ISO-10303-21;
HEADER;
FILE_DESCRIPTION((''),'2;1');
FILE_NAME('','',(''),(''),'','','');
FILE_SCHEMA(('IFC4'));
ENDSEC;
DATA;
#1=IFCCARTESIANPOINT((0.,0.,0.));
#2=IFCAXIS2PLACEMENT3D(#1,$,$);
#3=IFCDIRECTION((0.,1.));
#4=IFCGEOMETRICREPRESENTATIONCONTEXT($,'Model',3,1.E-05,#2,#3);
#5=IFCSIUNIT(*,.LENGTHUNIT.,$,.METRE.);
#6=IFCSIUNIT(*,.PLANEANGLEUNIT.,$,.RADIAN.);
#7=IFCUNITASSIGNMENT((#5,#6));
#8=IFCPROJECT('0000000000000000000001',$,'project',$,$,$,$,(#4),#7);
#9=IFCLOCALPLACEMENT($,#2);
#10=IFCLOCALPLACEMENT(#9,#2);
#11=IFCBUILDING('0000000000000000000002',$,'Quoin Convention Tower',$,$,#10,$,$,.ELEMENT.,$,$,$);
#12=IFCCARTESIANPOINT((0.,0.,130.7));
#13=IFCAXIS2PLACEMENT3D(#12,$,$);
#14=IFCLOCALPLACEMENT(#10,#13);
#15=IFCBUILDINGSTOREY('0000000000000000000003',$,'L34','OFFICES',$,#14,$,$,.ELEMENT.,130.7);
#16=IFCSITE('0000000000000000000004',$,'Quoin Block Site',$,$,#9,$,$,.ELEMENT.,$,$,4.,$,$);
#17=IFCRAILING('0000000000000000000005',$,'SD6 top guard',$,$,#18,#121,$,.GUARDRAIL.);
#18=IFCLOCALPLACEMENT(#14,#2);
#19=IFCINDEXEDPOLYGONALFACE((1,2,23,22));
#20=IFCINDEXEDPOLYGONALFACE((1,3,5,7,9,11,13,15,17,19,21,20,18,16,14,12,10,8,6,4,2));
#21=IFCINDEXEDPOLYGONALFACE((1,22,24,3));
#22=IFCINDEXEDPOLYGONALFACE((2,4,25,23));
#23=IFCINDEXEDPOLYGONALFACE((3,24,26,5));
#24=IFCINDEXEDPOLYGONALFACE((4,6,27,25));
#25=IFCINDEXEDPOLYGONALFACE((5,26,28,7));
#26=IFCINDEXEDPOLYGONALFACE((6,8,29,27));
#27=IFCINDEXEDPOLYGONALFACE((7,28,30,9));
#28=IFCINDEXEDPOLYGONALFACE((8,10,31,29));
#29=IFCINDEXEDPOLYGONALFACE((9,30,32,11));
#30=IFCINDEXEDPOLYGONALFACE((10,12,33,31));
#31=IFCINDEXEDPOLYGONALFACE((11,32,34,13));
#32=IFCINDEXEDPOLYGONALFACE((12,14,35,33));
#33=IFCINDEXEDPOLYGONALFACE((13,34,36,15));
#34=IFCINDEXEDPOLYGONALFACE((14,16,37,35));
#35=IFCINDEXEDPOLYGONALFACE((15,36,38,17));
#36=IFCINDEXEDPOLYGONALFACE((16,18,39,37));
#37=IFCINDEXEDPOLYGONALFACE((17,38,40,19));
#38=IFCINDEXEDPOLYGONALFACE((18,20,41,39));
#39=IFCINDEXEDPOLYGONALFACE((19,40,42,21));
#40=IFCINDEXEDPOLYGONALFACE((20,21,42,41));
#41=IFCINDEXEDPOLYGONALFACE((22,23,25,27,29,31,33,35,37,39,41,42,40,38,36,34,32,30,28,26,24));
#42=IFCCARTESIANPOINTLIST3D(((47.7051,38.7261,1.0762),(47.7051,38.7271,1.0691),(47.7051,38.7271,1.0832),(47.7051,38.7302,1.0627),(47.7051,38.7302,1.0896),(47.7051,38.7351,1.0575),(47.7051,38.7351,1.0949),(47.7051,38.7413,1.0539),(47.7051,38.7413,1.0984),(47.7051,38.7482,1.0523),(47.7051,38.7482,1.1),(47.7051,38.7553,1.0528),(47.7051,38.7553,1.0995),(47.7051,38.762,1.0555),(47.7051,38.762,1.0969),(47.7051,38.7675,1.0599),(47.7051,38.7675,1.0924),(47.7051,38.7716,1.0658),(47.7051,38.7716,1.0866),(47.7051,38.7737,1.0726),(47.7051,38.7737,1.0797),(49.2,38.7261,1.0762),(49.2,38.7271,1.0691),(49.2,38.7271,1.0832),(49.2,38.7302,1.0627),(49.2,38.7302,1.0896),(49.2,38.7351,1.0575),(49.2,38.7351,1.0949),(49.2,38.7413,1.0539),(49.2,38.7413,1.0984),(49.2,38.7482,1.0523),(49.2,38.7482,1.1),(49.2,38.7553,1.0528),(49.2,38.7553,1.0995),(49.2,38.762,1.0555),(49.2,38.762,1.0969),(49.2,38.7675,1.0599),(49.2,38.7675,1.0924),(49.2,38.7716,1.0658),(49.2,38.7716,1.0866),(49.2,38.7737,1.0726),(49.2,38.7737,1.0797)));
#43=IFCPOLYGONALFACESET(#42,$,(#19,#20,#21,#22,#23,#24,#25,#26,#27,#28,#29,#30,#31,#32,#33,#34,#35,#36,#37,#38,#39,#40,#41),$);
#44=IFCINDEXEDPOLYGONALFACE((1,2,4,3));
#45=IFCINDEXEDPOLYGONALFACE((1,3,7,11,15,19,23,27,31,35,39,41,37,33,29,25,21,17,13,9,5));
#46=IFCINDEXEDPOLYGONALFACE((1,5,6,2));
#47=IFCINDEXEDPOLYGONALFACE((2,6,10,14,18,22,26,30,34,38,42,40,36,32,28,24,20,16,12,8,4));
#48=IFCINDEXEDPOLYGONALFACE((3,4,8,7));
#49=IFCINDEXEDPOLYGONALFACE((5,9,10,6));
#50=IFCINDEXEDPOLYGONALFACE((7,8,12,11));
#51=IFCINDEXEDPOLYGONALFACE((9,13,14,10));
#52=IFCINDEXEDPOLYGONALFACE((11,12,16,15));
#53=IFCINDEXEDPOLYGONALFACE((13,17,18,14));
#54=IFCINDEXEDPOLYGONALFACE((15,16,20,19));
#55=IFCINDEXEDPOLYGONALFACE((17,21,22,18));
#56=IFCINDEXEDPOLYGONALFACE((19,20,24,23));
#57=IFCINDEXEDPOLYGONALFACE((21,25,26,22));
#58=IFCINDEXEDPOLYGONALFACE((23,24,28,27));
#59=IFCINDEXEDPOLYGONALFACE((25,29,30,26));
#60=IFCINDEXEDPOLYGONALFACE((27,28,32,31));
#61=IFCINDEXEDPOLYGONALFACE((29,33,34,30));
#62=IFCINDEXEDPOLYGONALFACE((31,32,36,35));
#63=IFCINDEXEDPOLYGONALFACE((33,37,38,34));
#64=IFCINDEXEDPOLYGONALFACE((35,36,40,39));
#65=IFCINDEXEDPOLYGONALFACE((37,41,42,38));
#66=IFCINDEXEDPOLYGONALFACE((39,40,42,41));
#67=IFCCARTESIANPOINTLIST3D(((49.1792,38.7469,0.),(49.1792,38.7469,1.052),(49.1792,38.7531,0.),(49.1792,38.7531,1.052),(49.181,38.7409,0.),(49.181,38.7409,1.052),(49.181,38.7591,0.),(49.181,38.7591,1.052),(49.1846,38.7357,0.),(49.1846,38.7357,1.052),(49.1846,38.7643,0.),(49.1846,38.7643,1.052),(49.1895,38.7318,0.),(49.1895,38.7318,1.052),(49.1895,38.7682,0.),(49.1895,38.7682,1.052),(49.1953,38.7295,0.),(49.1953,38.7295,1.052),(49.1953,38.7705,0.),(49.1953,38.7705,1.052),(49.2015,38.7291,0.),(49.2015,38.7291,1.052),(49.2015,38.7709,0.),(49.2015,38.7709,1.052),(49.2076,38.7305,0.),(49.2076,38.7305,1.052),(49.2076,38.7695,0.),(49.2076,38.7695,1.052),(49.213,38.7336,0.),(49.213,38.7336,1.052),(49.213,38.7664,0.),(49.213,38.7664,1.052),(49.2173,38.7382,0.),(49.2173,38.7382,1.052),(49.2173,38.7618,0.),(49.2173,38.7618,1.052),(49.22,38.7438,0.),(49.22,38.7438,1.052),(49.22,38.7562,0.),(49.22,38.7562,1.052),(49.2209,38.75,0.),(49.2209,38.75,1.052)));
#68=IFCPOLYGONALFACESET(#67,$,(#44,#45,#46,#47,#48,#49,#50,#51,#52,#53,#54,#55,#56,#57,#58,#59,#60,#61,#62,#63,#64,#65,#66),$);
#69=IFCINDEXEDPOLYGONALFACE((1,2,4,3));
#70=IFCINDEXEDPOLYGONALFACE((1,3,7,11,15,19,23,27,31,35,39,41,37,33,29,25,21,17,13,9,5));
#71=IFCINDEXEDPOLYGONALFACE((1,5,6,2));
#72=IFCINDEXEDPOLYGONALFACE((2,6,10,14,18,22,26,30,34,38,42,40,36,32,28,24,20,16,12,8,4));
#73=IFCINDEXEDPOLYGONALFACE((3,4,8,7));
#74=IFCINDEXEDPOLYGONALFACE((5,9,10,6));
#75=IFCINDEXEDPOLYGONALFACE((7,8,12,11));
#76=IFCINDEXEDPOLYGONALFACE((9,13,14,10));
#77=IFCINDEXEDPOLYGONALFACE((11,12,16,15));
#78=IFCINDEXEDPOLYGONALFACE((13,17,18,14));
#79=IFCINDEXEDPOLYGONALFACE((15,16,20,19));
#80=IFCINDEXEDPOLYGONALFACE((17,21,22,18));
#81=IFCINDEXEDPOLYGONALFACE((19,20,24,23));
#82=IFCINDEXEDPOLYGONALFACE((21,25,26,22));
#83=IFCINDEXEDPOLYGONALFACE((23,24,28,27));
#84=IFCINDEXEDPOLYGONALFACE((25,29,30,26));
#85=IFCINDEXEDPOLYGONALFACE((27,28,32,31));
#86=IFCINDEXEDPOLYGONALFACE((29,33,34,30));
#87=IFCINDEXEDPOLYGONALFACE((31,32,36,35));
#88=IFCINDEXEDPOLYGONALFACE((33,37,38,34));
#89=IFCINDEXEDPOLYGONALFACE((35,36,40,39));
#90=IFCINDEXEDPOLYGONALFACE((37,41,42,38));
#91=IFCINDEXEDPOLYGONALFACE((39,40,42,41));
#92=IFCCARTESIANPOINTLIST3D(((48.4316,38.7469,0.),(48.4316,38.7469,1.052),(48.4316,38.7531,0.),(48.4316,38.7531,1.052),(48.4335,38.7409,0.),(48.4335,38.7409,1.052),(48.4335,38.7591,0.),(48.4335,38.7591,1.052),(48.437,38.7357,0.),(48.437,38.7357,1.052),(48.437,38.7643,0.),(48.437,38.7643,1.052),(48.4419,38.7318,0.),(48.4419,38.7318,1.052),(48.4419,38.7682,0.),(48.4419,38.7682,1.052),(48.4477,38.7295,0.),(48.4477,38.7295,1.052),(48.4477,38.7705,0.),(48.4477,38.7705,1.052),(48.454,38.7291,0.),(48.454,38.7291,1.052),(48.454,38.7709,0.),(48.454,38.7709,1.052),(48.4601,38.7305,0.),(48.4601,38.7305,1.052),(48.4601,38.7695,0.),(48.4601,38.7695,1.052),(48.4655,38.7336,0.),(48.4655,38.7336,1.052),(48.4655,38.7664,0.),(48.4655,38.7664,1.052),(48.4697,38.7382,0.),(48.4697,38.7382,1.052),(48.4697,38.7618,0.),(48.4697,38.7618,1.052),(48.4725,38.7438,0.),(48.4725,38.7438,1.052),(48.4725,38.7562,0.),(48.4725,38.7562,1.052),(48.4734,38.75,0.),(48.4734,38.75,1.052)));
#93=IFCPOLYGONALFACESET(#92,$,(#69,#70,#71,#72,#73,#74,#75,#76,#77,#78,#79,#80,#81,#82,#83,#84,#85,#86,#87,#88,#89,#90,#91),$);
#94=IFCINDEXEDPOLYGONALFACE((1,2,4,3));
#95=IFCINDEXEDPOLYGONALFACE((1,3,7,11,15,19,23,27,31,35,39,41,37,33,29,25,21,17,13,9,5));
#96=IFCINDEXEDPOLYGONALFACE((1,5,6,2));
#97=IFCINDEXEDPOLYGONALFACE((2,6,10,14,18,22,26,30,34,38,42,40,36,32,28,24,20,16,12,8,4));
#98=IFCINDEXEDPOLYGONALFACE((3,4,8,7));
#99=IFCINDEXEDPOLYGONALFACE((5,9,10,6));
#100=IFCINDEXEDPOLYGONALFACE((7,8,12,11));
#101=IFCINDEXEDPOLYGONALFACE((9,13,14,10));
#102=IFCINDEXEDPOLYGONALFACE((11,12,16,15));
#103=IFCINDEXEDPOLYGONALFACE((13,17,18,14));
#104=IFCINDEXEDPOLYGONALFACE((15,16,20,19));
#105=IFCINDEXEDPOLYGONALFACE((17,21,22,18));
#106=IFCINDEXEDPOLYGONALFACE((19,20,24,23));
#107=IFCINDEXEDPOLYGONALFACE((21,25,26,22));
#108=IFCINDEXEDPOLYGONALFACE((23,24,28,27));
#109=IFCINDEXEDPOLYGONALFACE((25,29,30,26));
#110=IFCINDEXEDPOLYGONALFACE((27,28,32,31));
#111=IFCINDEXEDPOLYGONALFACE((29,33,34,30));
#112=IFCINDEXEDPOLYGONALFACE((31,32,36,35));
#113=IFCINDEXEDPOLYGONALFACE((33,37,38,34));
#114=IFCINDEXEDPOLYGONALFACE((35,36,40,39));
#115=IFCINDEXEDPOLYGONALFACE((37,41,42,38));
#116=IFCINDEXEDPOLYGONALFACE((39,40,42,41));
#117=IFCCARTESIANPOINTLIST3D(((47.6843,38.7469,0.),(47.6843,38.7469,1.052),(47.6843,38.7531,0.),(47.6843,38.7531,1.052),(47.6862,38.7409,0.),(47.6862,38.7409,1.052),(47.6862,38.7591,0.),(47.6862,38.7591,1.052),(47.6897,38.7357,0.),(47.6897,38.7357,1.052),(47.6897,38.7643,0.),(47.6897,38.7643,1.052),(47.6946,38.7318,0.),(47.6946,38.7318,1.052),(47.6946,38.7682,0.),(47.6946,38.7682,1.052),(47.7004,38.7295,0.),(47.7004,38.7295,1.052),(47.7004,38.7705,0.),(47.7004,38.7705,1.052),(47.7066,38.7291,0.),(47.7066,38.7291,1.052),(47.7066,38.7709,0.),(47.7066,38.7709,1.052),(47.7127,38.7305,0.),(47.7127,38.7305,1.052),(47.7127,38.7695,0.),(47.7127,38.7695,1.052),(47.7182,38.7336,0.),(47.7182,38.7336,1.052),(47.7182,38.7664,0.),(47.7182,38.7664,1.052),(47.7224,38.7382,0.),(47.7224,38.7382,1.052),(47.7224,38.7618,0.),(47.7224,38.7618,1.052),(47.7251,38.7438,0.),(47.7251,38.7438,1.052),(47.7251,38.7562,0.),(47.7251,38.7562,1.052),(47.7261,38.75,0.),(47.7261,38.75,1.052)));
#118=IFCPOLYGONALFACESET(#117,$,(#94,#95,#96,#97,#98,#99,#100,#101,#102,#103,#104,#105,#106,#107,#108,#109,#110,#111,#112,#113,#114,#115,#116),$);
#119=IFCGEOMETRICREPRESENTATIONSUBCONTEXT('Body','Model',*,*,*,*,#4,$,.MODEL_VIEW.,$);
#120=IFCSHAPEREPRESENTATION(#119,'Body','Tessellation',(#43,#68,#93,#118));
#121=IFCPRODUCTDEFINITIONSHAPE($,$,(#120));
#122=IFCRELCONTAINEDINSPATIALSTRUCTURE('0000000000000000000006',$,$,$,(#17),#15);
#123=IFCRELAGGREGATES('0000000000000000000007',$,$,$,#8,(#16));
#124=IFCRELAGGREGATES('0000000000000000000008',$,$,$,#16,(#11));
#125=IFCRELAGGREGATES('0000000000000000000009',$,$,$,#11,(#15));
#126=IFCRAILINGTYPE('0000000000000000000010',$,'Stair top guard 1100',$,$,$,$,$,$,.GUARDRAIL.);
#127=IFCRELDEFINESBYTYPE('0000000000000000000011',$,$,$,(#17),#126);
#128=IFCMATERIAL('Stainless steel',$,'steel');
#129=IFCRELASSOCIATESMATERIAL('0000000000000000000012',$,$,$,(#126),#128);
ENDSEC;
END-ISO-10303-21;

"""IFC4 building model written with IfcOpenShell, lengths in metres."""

from ifc_helpers import new_model, si_unit, direction, frame, origin, origin_2d, place, context, subcontext, project, spatial, circle, extrude, material, type_object, element, save


model = new_model("IFC4")

# Units and contexts
model_context = context("Model", 3, precision=1e-05, world=origin(), true_north=direction((0.0, 1.0)))
body_context = subcontext(model_context, "Body", "Model", "MODEL_VIEW")
ifc_project = project(units=[si_unit("LENGTHUNIT", "METRE"), si_unit("PLANEANGLEUNIT", "RADIAN")], contexts=[model_context])

# Site, building, storey
site_placement = place(None, origin())
site = spatial("IfcSite", under=ifc_project, at=site_placement, Name="Quoin Block Site", CompositionType="ELEMENT", RefElevation=4.0)
building_placement = place(site_placement, origin())
building = spatial("IfcBuilding", under=site, at=building_placement, Name="Quoin Convention Tower", CompositionType="ELEMENT")
storey_placement = place(building_placement, frame((0.0, 0.0, 130.7)))
storey = spatial("IfcBuildingStorey", under=building, at=storey_placement, Name="L34", Description="OFFICES", CompositionType="ELEMENT", Elevation=130.7)

# Railing
ifc_material_1 = material(Name="Stainless steel", Category="steel")
railing_type_1 = type_object("IfcRailingType", Name="Stair top guard 1100", PredefinedType="GUARDRAIL", material=ifc_material_1)
railing_1_placement = place(storey_placement, frame((49.2, 38.75, 0.0)))
element("IfcRailing", 1, at=railing_1_placement, inside=storey, type_object=railing_type_1, Name="SD6 top guard", PredefinedType="GUARDRAIL", context=body_context, shape_type="SweptSolid", body=[
    extrude(circle(Radius=0.0239, at=origin_2d()), frame((0.0, 0.0, 1.0762), z_axis=(-1.0, 0.0, 0.0), x_axis=(0.0, -1.0, 0.0)), (0.0, 0.0, 1.0), 1.4949),
    extrude(circle(Radius=0.021, at=origin_2d()), origin(), (0.0, 0.0, 1.0), 1.052),
    extrude(circle(Radius=0.021, at=origin_2d()), frame((-0.7476, 0.0, 0.0)), (0.0, 0.0, 1.0), 1.052),
    extrude(circle(Radius=0.021, at=origin_2d()), frame((-1.4949, 0.0, 0.0)), (0.0, 0.0, 1.0), 1.052),
])

save(model, "model.ifc")
